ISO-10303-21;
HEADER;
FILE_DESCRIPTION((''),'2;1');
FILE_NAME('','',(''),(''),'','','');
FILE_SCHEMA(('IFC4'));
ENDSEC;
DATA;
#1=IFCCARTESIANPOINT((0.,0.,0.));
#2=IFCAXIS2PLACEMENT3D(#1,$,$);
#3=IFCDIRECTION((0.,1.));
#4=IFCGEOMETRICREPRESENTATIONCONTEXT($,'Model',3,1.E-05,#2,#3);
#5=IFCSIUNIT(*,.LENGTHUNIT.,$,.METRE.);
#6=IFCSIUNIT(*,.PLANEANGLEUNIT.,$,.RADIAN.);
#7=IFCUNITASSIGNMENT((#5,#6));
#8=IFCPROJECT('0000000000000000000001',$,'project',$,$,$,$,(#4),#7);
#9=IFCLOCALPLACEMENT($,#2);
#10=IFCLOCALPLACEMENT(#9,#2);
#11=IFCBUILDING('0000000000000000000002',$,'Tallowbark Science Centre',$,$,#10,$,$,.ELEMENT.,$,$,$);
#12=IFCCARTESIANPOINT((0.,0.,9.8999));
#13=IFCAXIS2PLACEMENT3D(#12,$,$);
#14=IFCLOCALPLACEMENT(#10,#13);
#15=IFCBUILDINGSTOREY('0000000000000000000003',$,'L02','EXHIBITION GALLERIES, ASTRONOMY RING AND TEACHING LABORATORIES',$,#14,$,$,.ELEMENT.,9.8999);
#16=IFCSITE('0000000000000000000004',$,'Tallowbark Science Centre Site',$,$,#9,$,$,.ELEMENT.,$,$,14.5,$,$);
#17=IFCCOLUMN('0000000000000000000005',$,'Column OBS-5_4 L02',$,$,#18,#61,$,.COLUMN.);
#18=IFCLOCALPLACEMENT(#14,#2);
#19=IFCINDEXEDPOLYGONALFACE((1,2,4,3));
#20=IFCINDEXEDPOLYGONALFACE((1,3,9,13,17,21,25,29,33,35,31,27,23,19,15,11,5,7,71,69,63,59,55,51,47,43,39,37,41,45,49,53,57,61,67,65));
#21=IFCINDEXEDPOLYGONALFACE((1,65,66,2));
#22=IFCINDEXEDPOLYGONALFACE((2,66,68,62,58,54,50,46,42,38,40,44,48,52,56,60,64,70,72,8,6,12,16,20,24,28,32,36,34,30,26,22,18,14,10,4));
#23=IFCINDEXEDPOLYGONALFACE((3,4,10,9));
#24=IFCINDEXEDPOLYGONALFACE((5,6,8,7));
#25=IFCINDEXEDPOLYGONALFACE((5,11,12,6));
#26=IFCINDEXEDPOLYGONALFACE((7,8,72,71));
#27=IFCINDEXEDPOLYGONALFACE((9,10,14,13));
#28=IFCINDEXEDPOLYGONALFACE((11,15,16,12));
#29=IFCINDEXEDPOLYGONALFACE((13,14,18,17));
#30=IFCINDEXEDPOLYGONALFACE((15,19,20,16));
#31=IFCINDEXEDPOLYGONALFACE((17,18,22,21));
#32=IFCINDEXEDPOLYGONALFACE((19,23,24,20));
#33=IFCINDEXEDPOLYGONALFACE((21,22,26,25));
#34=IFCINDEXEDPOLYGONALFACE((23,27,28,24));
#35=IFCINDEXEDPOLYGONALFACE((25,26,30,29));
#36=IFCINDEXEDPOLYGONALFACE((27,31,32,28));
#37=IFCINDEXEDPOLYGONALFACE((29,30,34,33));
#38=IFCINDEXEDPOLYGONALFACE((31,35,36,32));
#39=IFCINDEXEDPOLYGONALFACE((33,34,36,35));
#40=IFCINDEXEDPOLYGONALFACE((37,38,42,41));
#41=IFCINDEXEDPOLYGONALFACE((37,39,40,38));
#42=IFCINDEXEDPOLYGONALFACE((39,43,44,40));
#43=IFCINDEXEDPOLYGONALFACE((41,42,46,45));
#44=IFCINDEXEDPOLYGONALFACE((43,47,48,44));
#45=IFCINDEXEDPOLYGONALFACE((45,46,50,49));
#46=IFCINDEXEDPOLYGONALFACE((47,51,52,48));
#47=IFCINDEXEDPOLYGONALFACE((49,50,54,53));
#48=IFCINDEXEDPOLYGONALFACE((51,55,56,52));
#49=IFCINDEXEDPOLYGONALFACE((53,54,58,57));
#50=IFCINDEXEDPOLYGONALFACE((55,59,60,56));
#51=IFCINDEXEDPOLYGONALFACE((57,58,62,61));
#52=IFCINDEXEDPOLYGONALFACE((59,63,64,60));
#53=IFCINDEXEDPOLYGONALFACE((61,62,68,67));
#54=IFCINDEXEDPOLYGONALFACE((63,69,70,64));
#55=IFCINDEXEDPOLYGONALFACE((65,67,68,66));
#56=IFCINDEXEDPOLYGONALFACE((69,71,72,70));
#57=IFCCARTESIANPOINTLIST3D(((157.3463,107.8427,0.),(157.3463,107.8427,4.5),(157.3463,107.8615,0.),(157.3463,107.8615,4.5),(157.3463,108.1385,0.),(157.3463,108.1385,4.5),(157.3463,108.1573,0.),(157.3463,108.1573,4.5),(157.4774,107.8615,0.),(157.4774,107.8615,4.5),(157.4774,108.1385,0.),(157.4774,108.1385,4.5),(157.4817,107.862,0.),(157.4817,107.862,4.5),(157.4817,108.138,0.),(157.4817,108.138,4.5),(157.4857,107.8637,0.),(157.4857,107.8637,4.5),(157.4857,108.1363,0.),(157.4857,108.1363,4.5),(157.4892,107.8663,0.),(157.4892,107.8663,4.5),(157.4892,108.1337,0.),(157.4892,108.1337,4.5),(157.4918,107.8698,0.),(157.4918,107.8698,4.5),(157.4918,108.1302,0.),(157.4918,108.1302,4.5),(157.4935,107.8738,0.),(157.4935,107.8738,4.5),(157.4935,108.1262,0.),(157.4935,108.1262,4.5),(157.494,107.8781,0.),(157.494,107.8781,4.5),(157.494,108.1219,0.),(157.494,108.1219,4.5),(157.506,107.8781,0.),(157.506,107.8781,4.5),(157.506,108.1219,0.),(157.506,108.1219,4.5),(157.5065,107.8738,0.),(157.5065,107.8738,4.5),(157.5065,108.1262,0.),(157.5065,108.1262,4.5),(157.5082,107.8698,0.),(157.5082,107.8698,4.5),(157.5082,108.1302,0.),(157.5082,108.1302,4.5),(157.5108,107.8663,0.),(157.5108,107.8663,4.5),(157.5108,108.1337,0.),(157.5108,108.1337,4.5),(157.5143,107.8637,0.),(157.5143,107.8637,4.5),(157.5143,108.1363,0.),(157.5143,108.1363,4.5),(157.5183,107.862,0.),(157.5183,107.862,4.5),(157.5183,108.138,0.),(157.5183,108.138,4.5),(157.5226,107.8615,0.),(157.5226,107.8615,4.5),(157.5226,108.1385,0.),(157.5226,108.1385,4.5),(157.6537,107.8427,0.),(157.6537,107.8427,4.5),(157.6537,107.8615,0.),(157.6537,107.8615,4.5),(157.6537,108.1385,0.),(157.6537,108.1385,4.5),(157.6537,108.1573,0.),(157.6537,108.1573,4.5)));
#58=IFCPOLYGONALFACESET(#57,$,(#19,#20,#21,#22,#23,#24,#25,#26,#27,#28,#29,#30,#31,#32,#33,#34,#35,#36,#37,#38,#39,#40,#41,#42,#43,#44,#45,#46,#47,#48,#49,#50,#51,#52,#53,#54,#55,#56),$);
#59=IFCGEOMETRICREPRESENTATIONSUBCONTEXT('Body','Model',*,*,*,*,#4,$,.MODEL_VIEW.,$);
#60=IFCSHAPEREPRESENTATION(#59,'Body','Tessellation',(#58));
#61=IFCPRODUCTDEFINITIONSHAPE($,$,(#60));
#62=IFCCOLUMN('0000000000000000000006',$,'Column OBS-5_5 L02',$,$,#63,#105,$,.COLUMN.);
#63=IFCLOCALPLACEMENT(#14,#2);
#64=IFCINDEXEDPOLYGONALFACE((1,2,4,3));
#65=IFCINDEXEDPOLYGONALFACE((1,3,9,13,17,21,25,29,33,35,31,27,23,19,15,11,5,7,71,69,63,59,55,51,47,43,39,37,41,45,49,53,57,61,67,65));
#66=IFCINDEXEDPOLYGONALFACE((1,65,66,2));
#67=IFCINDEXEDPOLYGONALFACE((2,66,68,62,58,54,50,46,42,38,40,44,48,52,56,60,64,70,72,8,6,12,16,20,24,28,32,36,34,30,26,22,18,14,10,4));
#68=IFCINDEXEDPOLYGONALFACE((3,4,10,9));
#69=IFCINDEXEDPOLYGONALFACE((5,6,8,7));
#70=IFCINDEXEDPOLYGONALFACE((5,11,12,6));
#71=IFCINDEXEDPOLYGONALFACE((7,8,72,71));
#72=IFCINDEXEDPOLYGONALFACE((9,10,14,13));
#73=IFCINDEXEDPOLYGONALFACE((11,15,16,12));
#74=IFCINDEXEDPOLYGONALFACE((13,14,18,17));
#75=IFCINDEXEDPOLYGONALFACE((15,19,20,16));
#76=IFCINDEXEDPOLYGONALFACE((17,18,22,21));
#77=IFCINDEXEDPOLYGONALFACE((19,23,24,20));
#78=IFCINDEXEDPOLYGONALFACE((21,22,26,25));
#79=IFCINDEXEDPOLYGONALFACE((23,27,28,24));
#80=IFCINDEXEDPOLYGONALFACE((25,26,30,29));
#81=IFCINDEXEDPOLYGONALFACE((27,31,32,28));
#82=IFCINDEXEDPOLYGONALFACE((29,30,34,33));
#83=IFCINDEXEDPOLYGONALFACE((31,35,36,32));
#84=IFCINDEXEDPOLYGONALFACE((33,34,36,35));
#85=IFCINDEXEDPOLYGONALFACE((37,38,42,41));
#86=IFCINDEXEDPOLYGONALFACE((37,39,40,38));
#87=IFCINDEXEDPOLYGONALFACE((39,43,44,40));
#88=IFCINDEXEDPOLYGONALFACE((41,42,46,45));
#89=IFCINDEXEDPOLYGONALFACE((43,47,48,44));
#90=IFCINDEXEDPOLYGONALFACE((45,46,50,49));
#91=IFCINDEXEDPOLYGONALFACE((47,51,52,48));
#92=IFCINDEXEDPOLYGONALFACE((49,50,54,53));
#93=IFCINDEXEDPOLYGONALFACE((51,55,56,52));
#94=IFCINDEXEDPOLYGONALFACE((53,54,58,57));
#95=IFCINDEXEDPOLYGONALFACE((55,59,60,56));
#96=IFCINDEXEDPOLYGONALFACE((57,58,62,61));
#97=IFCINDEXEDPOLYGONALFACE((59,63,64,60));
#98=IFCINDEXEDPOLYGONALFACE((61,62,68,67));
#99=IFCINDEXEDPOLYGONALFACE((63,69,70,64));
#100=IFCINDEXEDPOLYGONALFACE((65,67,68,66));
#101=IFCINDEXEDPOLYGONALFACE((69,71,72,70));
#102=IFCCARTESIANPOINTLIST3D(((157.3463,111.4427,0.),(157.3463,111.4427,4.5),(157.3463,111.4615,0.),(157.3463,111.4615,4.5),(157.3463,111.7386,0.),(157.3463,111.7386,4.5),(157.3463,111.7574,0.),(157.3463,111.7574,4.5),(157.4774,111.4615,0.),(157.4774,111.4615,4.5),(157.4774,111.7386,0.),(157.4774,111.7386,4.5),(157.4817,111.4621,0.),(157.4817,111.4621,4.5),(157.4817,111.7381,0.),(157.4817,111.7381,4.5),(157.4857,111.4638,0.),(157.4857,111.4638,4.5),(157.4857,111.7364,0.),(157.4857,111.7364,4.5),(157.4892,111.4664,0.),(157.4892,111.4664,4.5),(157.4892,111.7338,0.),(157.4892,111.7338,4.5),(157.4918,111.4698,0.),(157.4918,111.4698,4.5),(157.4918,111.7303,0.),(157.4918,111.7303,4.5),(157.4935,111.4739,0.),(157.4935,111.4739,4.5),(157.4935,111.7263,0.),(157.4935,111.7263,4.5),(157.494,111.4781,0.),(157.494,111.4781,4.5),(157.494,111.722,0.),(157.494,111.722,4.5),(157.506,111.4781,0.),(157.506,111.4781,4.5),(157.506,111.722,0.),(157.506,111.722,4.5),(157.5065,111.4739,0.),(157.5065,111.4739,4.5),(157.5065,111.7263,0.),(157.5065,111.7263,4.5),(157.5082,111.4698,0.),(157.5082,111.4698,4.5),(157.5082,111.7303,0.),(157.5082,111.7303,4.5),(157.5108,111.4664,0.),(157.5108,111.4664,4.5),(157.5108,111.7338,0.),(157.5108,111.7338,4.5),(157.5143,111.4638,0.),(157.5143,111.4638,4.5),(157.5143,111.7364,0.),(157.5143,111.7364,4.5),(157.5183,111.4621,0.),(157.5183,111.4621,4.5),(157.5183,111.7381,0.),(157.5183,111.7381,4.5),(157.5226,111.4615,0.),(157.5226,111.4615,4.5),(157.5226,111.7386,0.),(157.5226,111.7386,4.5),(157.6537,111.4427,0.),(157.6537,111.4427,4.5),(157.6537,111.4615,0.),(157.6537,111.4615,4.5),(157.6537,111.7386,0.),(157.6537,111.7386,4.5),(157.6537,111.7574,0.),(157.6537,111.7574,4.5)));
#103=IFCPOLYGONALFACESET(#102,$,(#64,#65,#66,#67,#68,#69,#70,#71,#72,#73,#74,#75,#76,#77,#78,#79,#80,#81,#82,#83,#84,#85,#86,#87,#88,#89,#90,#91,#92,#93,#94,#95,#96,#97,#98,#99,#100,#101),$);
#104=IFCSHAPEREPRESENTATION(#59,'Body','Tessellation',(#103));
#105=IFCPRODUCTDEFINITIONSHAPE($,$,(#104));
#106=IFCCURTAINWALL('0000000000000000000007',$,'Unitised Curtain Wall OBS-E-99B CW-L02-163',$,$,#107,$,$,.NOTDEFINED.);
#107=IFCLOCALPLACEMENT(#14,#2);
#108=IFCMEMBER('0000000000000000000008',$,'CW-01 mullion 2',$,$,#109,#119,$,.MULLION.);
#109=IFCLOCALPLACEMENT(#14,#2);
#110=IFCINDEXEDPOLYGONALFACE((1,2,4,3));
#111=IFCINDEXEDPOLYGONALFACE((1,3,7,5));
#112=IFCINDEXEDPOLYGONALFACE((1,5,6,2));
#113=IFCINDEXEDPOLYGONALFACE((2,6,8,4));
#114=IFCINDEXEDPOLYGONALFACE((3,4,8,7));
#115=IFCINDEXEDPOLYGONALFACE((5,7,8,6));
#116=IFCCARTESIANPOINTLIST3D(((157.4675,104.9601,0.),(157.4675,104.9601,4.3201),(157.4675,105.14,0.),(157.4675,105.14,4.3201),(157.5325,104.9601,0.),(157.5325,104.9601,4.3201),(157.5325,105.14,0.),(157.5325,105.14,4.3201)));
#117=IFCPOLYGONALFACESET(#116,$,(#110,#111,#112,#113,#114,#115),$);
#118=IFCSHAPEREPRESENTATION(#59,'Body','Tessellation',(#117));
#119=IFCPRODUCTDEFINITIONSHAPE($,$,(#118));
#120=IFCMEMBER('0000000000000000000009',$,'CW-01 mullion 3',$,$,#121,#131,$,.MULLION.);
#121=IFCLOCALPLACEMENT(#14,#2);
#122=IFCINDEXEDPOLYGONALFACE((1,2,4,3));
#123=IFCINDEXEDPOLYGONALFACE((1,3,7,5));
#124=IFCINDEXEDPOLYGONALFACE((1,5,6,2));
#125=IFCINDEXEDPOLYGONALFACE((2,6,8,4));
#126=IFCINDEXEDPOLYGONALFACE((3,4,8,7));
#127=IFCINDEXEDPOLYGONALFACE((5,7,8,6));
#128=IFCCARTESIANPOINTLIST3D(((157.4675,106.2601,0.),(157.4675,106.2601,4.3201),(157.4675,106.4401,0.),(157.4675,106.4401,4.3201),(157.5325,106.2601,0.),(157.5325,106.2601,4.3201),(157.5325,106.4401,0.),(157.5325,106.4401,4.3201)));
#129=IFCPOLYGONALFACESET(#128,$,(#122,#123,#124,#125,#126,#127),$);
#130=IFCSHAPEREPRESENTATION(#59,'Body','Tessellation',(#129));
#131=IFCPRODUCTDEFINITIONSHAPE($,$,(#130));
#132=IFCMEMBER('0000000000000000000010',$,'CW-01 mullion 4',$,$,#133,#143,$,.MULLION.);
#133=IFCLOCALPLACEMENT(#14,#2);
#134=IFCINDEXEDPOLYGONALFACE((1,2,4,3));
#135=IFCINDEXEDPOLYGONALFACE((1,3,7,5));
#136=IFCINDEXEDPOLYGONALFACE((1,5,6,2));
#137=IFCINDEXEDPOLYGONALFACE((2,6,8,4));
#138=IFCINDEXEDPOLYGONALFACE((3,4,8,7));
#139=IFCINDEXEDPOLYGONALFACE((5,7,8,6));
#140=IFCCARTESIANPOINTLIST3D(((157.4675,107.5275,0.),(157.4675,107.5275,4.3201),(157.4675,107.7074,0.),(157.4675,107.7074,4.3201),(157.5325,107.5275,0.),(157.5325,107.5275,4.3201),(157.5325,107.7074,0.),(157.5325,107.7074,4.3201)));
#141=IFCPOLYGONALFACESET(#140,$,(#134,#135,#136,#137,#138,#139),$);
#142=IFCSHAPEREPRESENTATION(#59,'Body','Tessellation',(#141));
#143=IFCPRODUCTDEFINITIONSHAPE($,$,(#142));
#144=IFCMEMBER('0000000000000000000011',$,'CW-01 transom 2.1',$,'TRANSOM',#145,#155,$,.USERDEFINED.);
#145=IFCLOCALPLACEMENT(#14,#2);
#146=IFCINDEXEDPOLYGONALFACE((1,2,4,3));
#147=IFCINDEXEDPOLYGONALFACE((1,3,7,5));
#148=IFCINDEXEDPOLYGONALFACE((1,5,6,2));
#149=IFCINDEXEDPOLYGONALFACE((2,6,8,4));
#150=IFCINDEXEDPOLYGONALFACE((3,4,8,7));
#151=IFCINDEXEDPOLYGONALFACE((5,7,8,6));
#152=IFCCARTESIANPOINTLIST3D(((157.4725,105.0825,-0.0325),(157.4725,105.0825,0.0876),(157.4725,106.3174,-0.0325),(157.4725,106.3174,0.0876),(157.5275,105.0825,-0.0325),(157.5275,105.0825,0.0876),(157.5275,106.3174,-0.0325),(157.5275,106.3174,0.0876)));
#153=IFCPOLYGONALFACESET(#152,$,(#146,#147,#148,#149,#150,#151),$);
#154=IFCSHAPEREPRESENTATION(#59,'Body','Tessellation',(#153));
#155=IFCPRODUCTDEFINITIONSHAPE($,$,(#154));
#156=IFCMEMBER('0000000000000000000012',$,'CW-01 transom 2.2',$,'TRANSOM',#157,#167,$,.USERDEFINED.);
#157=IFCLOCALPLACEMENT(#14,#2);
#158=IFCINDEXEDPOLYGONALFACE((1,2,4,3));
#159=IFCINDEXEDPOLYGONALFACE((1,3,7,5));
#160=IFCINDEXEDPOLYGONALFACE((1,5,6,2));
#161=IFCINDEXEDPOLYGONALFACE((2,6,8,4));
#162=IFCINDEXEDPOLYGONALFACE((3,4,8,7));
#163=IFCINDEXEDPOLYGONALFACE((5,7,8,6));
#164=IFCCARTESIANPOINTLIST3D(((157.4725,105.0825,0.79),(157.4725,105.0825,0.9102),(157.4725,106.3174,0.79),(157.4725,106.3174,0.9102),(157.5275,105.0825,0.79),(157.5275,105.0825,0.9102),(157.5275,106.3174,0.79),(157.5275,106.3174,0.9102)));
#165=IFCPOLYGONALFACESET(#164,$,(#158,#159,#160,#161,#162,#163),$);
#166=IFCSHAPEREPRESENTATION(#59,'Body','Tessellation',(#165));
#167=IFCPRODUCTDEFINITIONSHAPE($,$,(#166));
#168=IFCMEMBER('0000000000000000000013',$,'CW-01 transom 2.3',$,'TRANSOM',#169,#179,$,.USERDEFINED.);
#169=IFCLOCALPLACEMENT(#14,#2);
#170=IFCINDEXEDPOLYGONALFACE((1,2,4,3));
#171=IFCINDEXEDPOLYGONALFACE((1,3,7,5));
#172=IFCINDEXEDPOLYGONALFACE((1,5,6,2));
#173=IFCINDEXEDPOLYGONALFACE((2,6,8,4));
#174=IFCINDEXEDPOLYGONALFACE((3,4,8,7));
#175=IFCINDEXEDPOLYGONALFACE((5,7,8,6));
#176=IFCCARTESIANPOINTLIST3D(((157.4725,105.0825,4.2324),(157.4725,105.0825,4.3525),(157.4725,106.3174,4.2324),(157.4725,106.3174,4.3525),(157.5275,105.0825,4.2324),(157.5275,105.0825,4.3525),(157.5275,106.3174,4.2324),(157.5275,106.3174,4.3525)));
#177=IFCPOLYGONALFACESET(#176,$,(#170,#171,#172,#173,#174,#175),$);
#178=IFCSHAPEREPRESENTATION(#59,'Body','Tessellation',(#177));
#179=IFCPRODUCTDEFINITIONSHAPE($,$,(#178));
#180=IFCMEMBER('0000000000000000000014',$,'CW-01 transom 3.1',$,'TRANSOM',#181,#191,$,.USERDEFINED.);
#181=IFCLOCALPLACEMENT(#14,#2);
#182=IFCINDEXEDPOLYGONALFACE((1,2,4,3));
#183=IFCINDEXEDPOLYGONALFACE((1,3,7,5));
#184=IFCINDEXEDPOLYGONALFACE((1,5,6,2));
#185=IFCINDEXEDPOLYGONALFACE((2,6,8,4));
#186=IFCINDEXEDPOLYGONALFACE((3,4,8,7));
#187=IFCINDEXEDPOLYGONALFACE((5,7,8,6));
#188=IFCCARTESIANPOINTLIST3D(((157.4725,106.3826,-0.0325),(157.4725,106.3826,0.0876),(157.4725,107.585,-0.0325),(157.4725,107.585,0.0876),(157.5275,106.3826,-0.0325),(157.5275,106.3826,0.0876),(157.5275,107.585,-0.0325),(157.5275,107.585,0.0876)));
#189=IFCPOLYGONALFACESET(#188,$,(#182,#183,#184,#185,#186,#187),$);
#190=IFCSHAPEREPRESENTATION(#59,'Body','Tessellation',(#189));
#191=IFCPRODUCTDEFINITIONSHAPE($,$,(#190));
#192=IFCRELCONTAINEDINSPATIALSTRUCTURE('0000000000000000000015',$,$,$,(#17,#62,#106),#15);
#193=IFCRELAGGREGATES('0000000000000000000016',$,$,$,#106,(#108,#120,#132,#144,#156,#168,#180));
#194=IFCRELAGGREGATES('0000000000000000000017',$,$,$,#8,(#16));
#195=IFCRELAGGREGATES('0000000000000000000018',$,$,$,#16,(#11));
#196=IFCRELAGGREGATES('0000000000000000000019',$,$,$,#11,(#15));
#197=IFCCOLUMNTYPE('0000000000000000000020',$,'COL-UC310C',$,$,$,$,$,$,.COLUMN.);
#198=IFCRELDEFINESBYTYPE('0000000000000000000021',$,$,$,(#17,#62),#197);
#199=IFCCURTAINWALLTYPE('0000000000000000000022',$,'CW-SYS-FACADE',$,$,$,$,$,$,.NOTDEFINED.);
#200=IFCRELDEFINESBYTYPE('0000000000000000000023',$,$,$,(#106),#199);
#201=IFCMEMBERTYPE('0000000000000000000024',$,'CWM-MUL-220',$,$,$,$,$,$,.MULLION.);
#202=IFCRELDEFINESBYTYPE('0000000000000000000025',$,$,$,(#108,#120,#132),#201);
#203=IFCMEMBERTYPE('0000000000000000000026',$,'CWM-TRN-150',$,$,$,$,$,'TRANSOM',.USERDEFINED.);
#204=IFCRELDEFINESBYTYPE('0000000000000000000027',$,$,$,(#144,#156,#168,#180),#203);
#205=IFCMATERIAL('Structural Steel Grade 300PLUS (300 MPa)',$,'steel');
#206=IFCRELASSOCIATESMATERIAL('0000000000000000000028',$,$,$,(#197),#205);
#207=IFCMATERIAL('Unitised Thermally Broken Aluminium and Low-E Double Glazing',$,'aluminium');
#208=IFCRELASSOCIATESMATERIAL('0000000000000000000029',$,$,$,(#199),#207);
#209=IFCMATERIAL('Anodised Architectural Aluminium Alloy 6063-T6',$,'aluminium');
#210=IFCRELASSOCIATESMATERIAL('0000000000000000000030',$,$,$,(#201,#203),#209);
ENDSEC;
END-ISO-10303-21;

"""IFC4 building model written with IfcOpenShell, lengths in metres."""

from ifc_helpers import new_model, si_unit, direction, frame, origin, origin_2d, place, context, subcontext, project, spatial, rectangle, i_section, extrude, material, material_profile, profile_set, type_object, element, aggregate, save


model = new_model("IFC4")

# Units and contexts
model_context = context("Model", 3, precision=1e-05, world=origin(), true_north=direction((0.0, 1.0)))
body_context = subcontext(model_context, "Body", "Model", "MODEL_VIEW")
ifc_project = project(units=[si_unit("LENGTHUNIT", "METRE"), si_unit("PLANEANGLEUNIT", "RADIAN")], contexts=[model_context])

# Site, building, storey
site_placement = place(None, origin())
site = spatial("IfcSite", under=ifc_project, at=site_placement, Name="Tallowbark Science Centre Site", CompositionType="ELEMENT", RefElevation=14.5)
building_placement = place(site_placement, origin())
building = spatial("IfcBuilding", under=site, at=building_placement, Name="Tallowbark Science Centre", CompositionType="ELEMENT")
storey_placement = place(building_placement, frame((0.0, 0.0, 9.8999)))
storey = spatial("IfcBuildingStorey", under=building, at=storey_placement, Name="L02", Description="EXHIBITION GALLERIES, ASTRONOMY RING AND TEACHING LABORATORIES", CompositionType="ELEMENT", Elevation=9.8999)

# Columns
ifc_material_1 = material(Name="Structural Steel Grade 300PLUS (300 MPa)", Category="steel")
ifc_material_profile_1 = material_profile(ifc_material_1, i_section(OverallWidth=0.3074, OverallDepth=0.3147, WebThickness=0.012, FlangeThickness=0.0188, FilletRadius=0.0166, at=origin_2d()), Name="310UC118")
ifc_profile_set_1 = profile_set([ifc_material_profile_1], Name="Structural Steel Grade 300PLUS (300 MPa)")
column_type = type_object("IfcColumnType", Name="COL-UC310C", PredefinedType="COLUMN", material=ifc_profile_set_1)
for number, where, z_axis, x_axis, name in (
    (1, (157.5, 108.0, 0.0), (0.0, 0.0, 1.0), (1.0, 0.0, 0.0), "Column OBS-5_4 L02"),
    (2, (157.5, 111.6001, 0.0), (0.0, 0.0, 1.0), (1.0, 0.0, 0.0), "Column OBS-5_5 L02"),
):
    element("IfcColumn", number, at=place(storey_placement, frame(where, z_axis=z_axis, x_axis=x_axis)), inside=storey, type_object=column_type, Name=name, PredefinedType="COLUMN", context=body_context, shape_type="SweptSolid", body=[
        extrude(i_section(OverallWidth=0.3074, OverallDepth=0.3147, WebThickness=0.012, FlangeThickness=0.0188, FilletRadius=0.0166, at=origin_2d()), origin(), (0.0, 0.0, 1.0), 4.5),
    ])

# Curtain wall, members
ifc_material_2 = material(Name="Unitised Thermally Broken Aluminium and Low-E Double Glazing", Category="aluminium")
curtain_wall_type = type_object("IfcCurtainWallType", Name="CW-SYS-FACADE", PredefinedType="NOTDEFINED", material=ifc_material_2)
curtain_wall_placement = place(storey_placement, origin())
curtain_wall = element("IfcCurtainWall", 3, at=curtain_wall_placement, inside=storey, type_object=curtain_wall_type, Name="Unitised Curtain Wall OBS-E-99B CW-L02-163", PredefinedType="NOTDEFINED")
ifc_material_3 = material(Name="Anodised Architectural Aluminium Alloy 6063-T6", Category="aluminium")
ifc_material_profile_2 = material_profile(ifc_material_3, rectangle(XDim=0.0649, YDim=0.1799, at=origin_2d()), Name="ALU65x180")
ifc_profile_set_2 = profile_set([ifc_material_profile_2], Name="Anodised Architectural Aluminium Alloy 6063-T6")
member_type_1 = type_object("IfcMemberType", Name="CWM-MUL-220", PredefinedType="MULLION", material=ifc_profile_set_2)
member_1_placement = place(storey_placement, frame((157.5, 105.05, 0.0), z_axis=(0.0, 0.0, 1.0), x_axis=(-1.0, 0.0, 0.0)))
member_1 = element("IfcMember", 4, at=member_1_placement, type_object=member_type_1, Name="CW-01 mullion 2", PredefinedType="MULLION", context=body_context, shape_type="SweptSolid", body=[
    extrude(rectangle(XDim=0.0649, YDim=0.1799, at=origin_2d()), origin(), (0.0, 0.0, 1.0), 4.3201),
])
member_2_placement = place(storey_placement, frame((157.5, 106.3501, 0.0), z_axis=(0.0, 0.0, 1.0), x_axis=(-1.0, 0.0, 0.0)))
member_2 = element("IfcMember", 5, at=member_2_placement, type_object=member_type_1, Name="CW-01 mullion 3", PredefinedType="MULLION", context=body_context, shape_type="SweptSolid", body=[
    extrude(rectangle(XDim=0.0649, YDim=0.1799, at=origin_2d()), origin(), (0.0, 0.0, 1.0), 4.3201),
])
member_3_placement = place(storey_placement, frame((157.5, 107.6174, 0.0), z_axis=(0.0, 0.0, 1.0), x_axis=(-1.0, 0.0, 0.0)))
member_3 = element("IfcMember", 6, at=member_3_placement, type_object=member_type_1, Name="CW-01 mullion 4", PredefinedType="MULLION", context=body_context, shape_type="SweptSolid", body=[
    extrude(rectangle(XDim=0.0649, YDim=0.1799, at=origin_2d()), origin(), (0.0, 0.0, 1.0), 4.3201),
])
ifc_material_profile_3 = material_profile(ifc_material_3, rectangle(XDim=0.0549, YDim=0.1201, at=origin_2d()), Name="ALU55x120")
ifc_profile_set_3 = profile_set([ifc_material_profile_3], Name="Anodised Architectural Aluminium Alloy 6063-T6")
member_type_2 = type_object("IfcMemberType", Name="CWM-TRN-150", ElementType="TRANSOM", PredefinedType="USERDEFINED", material=ifc_profile_set_3)
member_4_placement = place(storey_placement, frame((157.5, 105.0825, 0.0276), z_axis=(0.0, 1.0, 0.0), x_axis=(-1.0, 0.0, 0.0)))
member_4 = element("IfcMember", 7, at=member_4_placement, type_object=member_type_2, Name="CW-01 transom 2.1", ObjectType="TRANSOM", PredefinedType="USERDEFINED", context=body_context, shape_type="SweptSolid", body=[
    extrude(rectangle(XDim=0.0549, YDim=0.1201, at=origin_2d()), origin(), (0.0, 0.0, 1.0), 1.2349),
])
member_5_placement = place(storey_placement, frame((157.5, 105.0825, 0.8501), z_axis=(0.0, 1.0, 0.0), x_axis=(-1.0, 0.0, 0.0)))
member_5 = element("IfcMember", 8, at=member_5_placement, type_object=member_type_2, Name="CW-01 transom 2.2", ObjectType="TRANSOM", PredefinedType="USERDEFINED", context=body_context, shape_type="SweptSolid", body=[
    extrude(rectangle(XDim=0.0549, YDim=0.1201, at=origin_2d()), origin(), (0.0, 0.0, 1.0), 1.2349),
])
member_6_placement = place(storey_placement, frame((157.5, 105.0825, 4.2925), z_axis=(0.0, 1.0, 0.0), x_axis=(-1.0, 0.0, 0.0)))
member_6 = element("IfcMember", 9, at=member_6_placement, type_object=member_type_2, Name="CW-01 transom 2.3", ObjectType="TRANSOM", PredefinedType="USERDEFINED", context=body_context, shape_type="SweptSolid", body=[
    extrude(rectangle(XDim=0.0549, YDim=0.1201, at=origin_2d()), origin(), (0.0, 0.0, 1.0), 1.2349),
])
member_7_placement = place(storey_placement, frame((157.5, 106.3826, 0.0276), z_axis=(0.0, 1.0, 0.0), x_axis=(-1.0, 0.0, 0.0)))
member_7 = element("IfcMember", 10, at=member_7_placement, type_object=member_type_2, Name="CW-01 transom 3.1", ObjectType="TRANSOM", PredefinedType="USERDEFINED", context=body_context, shape_type="SweptSolid", body=[
    extrude(rectangle(XDim=0.0549, YDim=0.1201, at=origin_2d()), origin(), (0.0, 0.0, 1.0), 1.2024),
])

aggregate(curtain_wall, [member_1, member_2, member_3, member_4, member_5, member_6, member_7])

save(model, "model.ifc")
